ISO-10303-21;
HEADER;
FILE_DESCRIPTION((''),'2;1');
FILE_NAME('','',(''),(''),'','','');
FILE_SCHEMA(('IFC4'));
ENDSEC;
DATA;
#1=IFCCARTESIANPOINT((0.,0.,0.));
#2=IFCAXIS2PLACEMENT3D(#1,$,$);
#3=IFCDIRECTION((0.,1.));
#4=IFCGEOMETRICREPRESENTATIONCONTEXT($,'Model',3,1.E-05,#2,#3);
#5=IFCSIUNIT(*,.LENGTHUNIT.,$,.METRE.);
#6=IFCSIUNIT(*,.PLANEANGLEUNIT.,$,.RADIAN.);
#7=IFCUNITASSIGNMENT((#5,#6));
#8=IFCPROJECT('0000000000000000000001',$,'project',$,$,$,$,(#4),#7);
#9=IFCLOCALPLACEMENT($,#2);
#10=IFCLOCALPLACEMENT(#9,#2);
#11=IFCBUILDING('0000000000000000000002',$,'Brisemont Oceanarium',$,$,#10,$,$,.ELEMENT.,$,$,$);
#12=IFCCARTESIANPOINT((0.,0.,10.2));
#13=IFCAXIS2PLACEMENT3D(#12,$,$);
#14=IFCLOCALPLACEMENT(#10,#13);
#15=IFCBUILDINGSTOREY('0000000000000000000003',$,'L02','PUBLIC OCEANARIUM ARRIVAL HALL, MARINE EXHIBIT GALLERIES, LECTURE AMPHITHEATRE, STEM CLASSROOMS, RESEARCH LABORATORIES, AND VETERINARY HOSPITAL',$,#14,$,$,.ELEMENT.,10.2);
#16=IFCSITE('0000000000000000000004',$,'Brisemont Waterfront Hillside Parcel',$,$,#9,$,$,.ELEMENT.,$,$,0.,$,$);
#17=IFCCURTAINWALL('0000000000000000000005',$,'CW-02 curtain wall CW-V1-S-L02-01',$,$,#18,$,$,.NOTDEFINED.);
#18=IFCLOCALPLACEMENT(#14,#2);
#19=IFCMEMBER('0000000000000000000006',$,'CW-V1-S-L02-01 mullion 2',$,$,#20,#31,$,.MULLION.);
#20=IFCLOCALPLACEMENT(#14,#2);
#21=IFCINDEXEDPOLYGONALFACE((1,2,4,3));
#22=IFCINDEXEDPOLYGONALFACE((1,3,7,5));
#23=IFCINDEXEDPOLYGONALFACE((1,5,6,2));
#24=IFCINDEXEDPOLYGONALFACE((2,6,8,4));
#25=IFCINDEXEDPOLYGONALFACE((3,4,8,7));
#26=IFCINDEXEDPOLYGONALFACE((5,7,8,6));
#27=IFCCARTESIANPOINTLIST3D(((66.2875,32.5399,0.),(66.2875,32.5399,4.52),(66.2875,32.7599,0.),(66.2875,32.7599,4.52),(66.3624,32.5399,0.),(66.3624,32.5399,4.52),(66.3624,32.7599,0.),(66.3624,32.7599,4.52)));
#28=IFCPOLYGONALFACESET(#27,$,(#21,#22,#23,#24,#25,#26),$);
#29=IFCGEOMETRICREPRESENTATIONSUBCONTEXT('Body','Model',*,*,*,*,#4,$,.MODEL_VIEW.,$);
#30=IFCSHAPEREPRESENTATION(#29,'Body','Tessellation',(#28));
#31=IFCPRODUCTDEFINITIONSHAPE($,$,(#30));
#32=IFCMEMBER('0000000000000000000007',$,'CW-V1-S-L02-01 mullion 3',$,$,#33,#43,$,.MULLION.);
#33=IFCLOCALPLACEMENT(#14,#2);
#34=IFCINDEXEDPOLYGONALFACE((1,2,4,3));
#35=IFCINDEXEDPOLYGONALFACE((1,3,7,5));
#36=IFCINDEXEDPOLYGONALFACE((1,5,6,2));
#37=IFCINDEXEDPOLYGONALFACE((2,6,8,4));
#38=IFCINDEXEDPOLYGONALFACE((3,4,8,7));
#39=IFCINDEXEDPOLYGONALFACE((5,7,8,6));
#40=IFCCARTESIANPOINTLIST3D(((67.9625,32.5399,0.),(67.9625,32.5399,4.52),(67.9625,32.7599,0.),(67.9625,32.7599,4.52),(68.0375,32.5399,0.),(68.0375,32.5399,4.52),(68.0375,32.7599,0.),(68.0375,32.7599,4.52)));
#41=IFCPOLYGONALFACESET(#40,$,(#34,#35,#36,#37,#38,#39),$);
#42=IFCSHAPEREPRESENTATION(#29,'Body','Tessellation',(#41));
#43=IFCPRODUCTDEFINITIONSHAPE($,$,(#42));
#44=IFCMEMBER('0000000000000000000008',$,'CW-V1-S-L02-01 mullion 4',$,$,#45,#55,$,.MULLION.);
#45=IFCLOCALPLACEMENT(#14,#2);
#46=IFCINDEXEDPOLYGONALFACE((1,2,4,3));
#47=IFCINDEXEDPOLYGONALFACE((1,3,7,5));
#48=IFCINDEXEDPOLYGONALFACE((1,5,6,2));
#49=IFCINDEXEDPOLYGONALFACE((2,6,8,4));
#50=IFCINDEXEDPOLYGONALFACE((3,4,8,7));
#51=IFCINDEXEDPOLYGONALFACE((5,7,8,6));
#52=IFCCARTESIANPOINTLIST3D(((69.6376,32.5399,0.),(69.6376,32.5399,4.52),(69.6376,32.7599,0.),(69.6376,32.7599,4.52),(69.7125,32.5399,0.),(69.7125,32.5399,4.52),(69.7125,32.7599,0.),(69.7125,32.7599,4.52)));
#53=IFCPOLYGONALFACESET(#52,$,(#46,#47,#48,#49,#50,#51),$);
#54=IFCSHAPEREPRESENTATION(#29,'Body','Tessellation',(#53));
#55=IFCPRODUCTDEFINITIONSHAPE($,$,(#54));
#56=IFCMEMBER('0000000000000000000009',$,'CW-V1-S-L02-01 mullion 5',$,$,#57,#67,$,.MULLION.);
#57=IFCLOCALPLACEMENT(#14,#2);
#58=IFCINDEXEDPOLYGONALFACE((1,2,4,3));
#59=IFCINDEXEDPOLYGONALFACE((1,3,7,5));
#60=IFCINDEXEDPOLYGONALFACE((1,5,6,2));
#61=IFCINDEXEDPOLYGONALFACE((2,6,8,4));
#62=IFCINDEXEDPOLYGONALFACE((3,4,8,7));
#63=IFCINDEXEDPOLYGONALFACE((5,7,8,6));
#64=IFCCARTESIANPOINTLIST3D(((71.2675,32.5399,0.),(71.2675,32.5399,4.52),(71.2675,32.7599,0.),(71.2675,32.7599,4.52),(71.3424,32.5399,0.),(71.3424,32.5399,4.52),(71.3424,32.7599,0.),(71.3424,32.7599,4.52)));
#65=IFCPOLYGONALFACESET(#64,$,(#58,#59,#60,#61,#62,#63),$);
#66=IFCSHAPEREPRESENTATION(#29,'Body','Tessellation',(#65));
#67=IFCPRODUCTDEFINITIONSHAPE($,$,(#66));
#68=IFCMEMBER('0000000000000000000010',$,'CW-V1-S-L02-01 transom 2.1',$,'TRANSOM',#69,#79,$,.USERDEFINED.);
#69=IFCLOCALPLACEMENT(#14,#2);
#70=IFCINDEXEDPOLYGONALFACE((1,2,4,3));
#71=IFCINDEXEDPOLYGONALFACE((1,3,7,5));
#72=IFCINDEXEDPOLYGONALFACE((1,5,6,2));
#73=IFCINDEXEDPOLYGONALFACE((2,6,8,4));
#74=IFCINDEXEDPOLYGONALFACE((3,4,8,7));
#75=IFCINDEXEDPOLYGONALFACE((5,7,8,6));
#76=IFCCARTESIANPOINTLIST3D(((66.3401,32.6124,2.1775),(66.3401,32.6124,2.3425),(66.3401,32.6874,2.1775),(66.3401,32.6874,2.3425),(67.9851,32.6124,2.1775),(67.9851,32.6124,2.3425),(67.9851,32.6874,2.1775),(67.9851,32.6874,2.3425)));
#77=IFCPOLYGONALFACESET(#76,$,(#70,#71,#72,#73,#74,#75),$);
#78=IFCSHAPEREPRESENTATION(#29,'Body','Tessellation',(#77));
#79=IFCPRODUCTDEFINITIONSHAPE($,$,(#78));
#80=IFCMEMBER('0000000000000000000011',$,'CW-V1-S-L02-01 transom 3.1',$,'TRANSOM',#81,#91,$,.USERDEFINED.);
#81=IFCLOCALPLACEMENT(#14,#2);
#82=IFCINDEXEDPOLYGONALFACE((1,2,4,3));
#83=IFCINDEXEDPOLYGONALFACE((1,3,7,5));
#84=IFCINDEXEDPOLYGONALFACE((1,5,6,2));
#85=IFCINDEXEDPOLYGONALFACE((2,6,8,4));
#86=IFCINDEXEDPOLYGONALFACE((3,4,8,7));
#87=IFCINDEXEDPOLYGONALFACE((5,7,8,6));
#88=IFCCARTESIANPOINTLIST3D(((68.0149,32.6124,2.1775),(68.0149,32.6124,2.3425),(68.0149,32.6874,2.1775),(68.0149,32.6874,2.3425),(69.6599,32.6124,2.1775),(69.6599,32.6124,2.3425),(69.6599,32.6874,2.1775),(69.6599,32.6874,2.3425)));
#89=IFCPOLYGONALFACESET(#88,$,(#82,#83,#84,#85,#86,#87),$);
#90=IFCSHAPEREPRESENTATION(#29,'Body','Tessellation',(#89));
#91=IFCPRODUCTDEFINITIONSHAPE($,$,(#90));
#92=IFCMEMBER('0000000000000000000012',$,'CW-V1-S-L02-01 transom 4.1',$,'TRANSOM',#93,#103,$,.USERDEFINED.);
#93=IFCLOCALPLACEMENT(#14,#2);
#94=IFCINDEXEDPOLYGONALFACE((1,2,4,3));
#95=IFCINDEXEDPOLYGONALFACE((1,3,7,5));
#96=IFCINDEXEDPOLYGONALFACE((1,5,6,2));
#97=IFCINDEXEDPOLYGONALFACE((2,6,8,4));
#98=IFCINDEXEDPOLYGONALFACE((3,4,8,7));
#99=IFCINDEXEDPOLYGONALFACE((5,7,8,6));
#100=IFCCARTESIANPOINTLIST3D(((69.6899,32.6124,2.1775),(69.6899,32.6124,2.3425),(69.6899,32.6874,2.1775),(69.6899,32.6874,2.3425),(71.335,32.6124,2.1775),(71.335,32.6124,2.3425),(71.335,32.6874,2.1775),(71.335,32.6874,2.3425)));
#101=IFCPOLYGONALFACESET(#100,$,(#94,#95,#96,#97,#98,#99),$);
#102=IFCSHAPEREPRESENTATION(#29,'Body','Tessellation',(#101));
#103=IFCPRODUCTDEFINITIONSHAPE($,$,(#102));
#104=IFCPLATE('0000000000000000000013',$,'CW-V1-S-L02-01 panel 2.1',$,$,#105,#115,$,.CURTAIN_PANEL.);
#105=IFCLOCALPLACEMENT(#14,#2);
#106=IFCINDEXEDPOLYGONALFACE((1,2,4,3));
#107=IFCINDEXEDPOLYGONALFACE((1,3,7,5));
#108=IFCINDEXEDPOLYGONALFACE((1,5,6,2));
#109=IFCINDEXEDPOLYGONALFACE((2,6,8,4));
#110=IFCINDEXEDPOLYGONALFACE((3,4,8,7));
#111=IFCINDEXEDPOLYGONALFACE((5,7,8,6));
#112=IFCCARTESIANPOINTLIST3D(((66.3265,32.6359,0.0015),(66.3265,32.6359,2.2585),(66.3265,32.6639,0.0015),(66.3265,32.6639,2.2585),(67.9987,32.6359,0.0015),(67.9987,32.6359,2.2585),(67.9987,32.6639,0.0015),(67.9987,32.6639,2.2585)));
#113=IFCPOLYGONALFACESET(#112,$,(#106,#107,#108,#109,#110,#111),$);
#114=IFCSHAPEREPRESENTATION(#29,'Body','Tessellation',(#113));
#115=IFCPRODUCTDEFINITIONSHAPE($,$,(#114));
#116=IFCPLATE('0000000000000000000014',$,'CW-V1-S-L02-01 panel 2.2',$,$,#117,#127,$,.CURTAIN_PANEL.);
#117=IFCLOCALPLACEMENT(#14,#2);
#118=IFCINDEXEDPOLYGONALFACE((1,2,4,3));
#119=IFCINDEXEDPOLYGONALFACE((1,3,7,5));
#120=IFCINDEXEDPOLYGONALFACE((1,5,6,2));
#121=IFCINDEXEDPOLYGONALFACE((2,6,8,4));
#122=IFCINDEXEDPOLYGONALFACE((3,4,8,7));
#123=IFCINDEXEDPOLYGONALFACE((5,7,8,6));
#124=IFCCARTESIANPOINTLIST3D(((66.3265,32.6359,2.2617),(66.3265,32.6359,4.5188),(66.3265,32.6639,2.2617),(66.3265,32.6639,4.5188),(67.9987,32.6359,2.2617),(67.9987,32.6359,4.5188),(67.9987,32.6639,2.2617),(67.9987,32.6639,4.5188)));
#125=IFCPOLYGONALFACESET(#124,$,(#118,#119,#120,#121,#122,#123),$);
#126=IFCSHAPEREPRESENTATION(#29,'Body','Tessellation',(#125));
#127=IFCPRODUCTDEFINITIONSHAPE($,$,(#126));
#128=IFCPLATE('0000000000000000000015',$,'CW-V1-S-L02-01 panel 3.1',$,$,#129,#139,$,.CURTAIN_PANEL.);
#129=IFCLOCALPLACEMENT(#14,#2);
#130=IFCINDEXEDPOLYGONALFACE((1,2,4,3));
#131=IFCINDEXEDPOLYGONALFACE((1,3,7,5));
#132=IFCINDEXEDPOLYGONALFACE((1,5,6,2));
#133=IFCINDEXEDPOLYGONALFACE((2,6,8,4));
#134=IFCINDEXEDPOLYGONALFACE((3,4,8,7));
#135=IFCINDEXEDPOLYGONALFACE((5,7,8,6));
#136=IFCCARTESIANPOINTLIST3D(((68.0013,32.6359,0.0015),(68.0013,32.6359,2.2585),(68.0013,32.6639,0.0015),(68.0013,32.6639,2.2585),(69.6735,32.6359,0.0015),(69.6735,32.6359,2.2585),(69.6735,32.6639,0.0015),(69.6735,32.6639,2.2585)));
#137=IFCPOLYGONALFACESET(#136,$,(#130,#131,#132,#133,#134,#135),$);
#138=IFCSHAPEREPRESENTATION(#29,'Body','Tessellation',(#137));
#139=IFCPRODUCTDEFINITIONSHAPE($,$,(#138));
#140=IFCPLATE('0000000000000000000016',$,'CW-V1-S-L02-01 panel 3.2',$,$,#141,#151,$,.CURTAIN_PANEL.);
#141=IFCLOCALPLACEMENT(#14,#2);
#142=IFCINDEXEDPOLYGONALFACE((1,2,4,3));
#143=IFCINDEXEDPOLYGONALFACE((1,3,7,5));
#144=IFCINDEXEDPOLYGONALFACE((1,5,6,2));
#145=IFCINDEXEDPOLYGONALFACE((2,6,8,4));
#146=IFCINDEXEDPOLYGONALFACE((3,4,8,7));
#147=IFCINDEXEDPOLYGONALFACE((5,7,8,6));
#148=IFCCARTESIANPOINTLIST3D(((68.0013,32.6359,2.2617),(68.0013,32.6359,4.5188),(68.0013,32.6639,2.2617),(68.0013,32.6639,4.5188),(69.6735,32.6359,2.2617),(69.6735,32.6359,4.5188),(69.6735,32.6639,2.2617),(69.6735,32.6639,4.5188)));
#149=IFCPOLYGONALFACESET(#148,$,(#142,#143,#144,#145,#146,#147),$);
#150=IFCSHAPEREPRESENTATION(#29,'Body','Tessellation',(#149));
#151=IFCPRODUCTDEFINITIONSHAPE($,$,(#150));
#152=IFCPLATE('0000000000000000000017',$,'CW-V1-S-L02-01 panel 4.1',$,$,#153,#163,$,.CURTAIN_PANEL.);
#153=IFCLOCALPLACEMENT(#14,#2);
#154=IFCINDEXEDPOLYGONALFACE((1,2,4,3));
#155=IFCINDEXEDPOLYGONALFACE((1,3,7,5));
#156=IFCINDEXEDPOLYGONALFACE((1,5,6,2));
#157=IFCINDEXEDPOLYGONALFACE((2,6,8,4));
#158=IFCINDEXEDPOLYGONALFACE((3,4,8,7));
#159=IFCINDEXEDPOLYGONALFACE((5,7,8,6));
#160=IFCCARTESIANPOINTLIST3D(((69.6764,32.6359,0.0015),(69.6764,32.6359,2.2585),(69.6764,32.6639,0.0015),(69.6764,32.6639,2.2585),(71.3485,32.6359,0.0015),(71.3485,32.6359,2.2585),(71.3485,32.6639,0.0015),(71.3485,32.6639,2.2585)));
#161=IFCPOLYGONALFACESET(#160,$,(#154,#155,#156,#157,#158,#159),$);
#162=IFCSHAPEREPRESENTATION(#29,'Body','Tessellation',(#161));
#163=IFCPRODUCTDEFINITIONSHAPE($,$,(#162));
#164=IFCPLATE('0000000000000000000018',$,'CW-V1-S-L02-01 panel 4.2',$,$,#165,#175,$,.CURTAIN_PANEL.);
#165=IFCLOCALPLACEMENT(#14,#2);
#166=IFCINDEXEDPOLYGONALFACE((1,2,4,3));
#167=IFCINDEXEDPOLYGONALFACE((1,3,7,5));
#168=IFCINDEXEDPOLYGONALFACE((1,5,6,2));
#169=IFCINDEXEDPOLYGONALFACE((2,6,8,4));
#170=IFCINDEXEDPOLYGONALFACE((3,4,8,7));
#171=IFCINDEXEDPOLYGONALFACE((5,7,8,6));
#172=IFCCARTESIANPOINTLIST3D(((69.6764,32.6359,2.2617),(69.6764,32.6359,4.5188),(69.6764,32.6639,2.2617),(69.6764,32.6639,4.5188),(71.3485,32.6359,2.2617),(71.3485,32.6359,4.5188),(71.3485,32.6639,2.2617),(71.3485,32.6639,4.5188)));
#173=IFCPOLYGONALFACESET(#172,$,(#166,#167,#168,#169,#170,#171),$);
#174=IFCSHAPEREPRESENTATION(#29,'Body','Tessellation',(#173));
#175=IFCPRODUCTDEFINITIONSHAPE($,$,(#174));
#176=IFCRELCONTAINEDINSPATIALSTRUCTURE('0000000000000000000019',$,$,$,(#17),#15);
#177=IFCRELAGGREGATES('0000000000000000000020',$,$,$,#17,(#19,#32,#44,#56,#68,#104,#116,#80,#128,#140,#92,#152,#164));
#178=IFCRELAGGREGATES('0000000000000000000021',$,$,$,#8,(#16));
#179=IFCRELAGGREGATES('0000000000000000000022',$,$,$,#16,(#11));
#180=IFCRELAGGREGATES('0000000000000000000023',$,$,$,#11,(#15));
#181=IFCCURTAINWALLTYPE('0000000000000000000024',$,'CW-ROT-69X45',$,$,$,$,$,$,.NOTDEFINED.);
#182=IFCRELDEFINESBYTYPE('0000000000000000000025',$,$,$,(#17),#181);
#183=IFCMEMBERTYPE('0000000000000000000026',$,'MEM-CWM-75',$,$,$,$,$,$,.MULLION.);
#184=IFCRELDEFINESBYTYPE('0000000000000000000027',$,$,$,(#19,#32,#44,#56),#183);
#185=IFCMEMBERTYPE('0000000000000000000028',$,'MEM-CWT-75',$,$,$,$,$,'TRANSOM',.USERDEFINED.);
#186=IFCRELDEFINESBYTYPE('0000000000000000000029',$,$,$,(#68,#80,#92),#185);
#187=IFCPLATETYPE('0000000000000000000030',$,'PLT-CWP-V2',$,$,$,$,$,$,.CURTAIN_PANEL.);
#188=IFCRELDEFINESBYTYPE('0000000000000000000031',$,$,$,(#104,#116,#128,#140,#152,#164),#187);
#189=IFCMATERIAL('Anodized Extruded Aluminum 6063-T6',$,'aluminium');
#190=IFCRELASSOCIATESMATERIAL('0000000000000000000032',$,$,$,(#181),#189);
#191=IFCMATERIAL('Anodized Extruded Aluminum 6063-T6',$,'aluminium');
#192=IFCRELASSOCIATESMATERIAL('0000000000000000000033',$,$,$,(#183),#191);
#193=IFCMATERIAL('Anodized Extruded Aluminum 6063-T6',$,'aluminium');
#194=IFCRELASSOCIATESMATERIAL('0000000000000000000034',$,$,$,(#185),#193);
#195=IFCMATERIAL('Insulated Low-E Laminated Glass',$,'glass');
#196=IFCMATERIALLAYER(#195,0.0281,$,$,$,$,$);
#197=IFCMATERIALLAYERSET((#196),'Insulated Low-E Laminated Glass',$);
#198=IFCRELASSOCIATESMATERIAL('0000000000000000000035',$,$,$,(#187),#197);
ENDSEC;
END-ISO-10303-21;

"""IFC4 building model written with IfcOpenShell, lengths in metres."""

from ifc_helpers import new_model, si_unit, direction, frame, origin, origin_2d, place, context, subcontext, project, spatial, rectangle, extrude, material, layer, layer_set, material_profile, profile_set, type_object, element, aggregate, save


model = new_model("IFC4")

# Units and contexts
model_context = context("Model", 3, precision=1e-05, world=origin(), true_north=direction((0.0, 1.0)))
body_context = subcontext(model_context, "Body", "Model", "MODEL_VIEW")
ifc_project = project(units=[si_unit("LENGTHUNIT", "METRE"), si_unit("PLANEANGLEUNIT", "RADIAN")], contexts=[model_context])

# Site, building, storey
site_placement = place(None, origin())
site = spatial("IfcSite", under=ifc_project, at=site_placement, Name="Brisemont Waterfront Hillside Parcel", CompositionType="ELEMENT", RefElevation=0.0)
building_placement = place(site_placement, origin())
building = spatial("IfcBuilding", under=site, at=building_placement, Name="Brisemont Oceanarium", CompositionType="ELEMENT")
storey_placement = place(building_placement, frame((0.0, 0.0, 10.2)))
storey = spatial("IfcBuildingStorey", under=building, at=storey_placement, Name="L02", Description="PUBLIC OCEANARIUM ARRIVAL HALL, MARINE EXHIBIT GALLERIES, LECTURE AMPHITHEATRE, STEM CLASSROOMS, RESEARCH LABORATORIES, AND VETERINARY HOSPITAL", CompositionType="ELEMENT", Elevation=10.2)

# Curtain wall, members, plates
ifc_material_1 = material(Name="Anodized Extruded Aluminum 6063-T6", Category="aluminium")
curtain_wall_type = type_object("IfcCurtainWallType", Name="CW-ROT-69X45", PredefinedType="NOTDEFINED", material=ifc_material_1)
curtain_wall_placement = place(storey_placement, origin())
curtain_wall = element("IfcCurtainWall", 1, at=curtain_wall_placement, inside=storey, type_object=curtain_wall_type, Name="CW-02 curtain wall CW-V1-S-L02-01", PredefinedType="NOTDEFINED")
ifc_material_2 = material(Name="Anodized Extruded Aluminum 6063-T6", Category="aluminium")
ifc_material_profile_1 = material_profile(ifc_material_2, rectangle(XDim=0.075, YDim=0.22, at=origin_2d()), Name="CWM-75X220")
ifc_profile_set_1 = profile_set([ifc_material_profile_1], Name="Anodized Extruded Aluminum 6063-T6")
member_type_1 = type_object("IfcMemberType", Name="MEM-CWM-75", PredefinedType="MULLION", material=ifc_profile_set_1)
member_1_placement = place(storey_placement, frame((66.325, 32.6499, 0.0), z_axis=(0.0, 0.0, 1.0), x_axis=(1.0, 0.0, 0.0)))
member_1 = element("IfcMember", 2, at=member_1_placement, type_object=member_type_1, Name="CW-V1-S-L02-01 mullion 2", PredefinedType="MULLION", context=body_context, shape_type="SweptSolid", body=[
    extrude(rectangle(XDim=0.075, YDim=0.22, at=origin_2d()), origin(), (0.0, 0.0, 1.0), 4.52),
])
member_2_placement = place(storey_placement, frame((68.0, 32.6499, 0.0), z_axis=(0.0, 0.0, 1.0), x_axis=(1.0, 0.0, 0.0)))
member_2 = element("IfcMember", 3, at=member_2_placement, type_object=member_type_1, Name="CW-V1-S-L02-01 mullion 3", PredefinedType="MULLION", context=body_context, shape_type="SweptSolid", body=[
    extrude(rectangle(XDim=0.075, YDim=0.22, at=origin_2d()), origin(), (0.0, 0.0, 1.0), 4.52),
])
member_3_placement = place(storey_placement, frame((69.675, 32.6499, 0.0), z_axis=(0.0, 0.0, 1.0), x_axis=(1.0, 0.0, 0.0)))
member_3 = element("IfcMember", 4, at=member_3_placement, type_object=member_type_1, Name="CW-V1-S-L02-01 mullion 4", PredefinedType="MULLION", context=body_context, shape_type="SweptSolid", body=[
    extrude(rectangle(XDim=0.075, YDim=0.22, at=origin_2d()), origin(), (0.0, 0.0, 1.0), 4.52),
])
member_4_placement = place(storey_placement, frame((71.3049, 32.6499, 0.0), z_axis=(0.0, 0.0, 1.0), x_axis=(1.0, 0.0, 0.0)))
member_4 = element("IfcMember", 5, at=member_4_placement, type_object=member_type_1, Name="CW-V1-S-L02-01 mullion 5", PredefinedType="MULLION", context=body_context, shape_type="SweptSolid", body=[
    extrude(rectangle(XDim=0.075, YDim=0.22, at=origin_2d()), origin(), (0.0, 0.0, 1.0), 4.52),
])
ifc_material_3 = material(Name="Anodized Extruded Aluminum 6063-T6", Category="aluminium")
ifc_material_profile_2 = material_profile(ifc_material_3, rectangle(XDim=0.075, YDim=0.165, at=origin_2d()), Name="CWT-75X165")
ifc_profile_set_2 = profile_set([ifc_material_profile_2], Name="Anodized Extruded Aluminum 6063-T6")
member_type_2 = type_object("IfcMemberType", Name="MEM-CWT-75", ElementType="TRANSOM", PredefinedType="USERDEFINED", material=ifc_profile_set_2)
member_5_placement = place(storey_placement, frame((66.3401, 32.6499, 2.26), z_axis=(1.0, 0.0, 0.0), x_axis=(0.0, 1.0, 0.0)))
member_5 = element("IfcMember", 6, at=member_5_placement, type_object=member_type_2, Name="CW-V1-S-L02-01 transom 2.1", ObjectType="TRANSOM", PredefinedType="USERDEFINED", context=body_context, shape_type="SweptSolid", body=[
    extrude(rectangle(XDim=0.075, YDim=0.165, at=origin_2d()), origin(), (0.0, 0.0, 1.0), 1.645),
])
member_6_placement = place(storey_placement, frame((68.0149, 32.6499, 2.26), z_axis=(1.0, 0.0, 0.0), x_axis=(0.0, 1.0, 0.0)))
member_6 = element("IfcMember", 7, at=member_6_placement, type_object=member_type_2, Name="CW-V1-S-L02-01 transom 3.1", ObjectType="TRANSOM", PredefinedType="USERDEFINED", context=body_context, shape_type="SweptSolid", body=[
    extrude(rectangle(XDim=0.075, YDim=0.165, at=origin_2d()), origin(), (0.0, 0.0, 1.0), 1.645),
])
member_7_placement = place(storey_placement, frame((69.6899, 32.6499, 2.26), z_axis=(1.0, 0.0, 0.0), x_axis=(0.0, 1.0, 0.0)))
member_7 = element("IfcMember", 8, at=member_7_placement, type_object=member_type_2, Name="CW-V1-S-L02-01 transom 4.1", ObjectType="TRANSOM", PredefinedType="USERDEFINED", context=body_context, shape_type="SweptSolid", body=[
    extrude(rectangle(XDim=0.075, YDim=0.165, at=origin_2d()), origin(), (0.0, 0.0, 1.0), 1.645),
])
ifc_material_4 = material(Name="Insulated Low-E Laminated Glass", Category="glass")
ifc_layer_1 = layer(ifc_material_4, 0.0281)
ifc_layer_set_1 = layer_set([ifc_layer_1], Name="Insulated Low-E Laminated Glass")
plate_type = type_object("IfcPlateType", Name="PLT-CWP-V2", PredefinedType="CURTAIN_PANEL", material=ifc_layer_set_1)
plate_1_placement = place(storey_placement, frame((67.1626, 32.6499, 0.0015), z_axis=(0.0, 0.0, 1.0), x_axis=(1.0, 0.0, 0.0)))
plate_1 = element("IfcPlate", 9, at=plate_1_placement, type_object=plate_type, Name="CW-V1-S-L02-01 panel 2.1", PredefinedType="CURTAIN_PANEL", context=body_context, shape_type="SweptSolid", body=[
    extrude(rectangle(XDim=1.6721, YDim=0.0281, at=origin_2d()), origin(), (0.0, 0.0, 1.0), 2.2571),
])
plate_2_placement = place(storey_placement, frame((67.1626, 32.6499, 2.2617), z_axis=(0.0, 0.0, 1.0), x_axis=(1.0, 0.0, 0.0)))
plate_2 = element("IfcPlate", 10, at=plate_2_placement, type_object=plate_type, Name="CW-V1-S-L02-01 panel 2.2", PredefinedType="CURTAIN_PANEL", context=body_context, shape_type="SweptSolid", body=[
    extrude(rectangle(XDim=1.6721, YDim=0.0281, at=origin_2d()), origin(), (0.0, 0.0, 1.0), 2.2571),
])
plate_3_placement = place(storey_placement, frame((68.8374, 32.6499, 0.0015), z_axis=(0.0, 0.0, 1.0), x_axis=(1.0, 0.0, 0.0)))
plate_3 = element("IfcPlate", 11, at=plate_3_placement, type_object=plate_type, Name="CW-V1-S-L02-01 panel 3.1", PredefinedType="CURTAIN_PANEL", context=body_context, shape_type="SweptSolid", body=[
    extrude(rectangle(XDim=1.6721, YDim=0.0281, at=origin_2d()), origin(), (0.0, 0.0, 1.0), 2.2571),
])
plate_4_placement = place(storey_placement, frame((68.8374, 32.6499, 2.2617), z_axis=(0.0, 0.0, 1.0), x_axis=(1.0, 0.0, 0.0)))
plate_4 = element("IfcPlate", 12, at=plate_4_placement, type_object=plate_type, Name="CW-V1-S-L02-01 panel 3.2", PredefinedType="CURTAIN_PANEL", context=body_context, shape_type="SweptSolid", body=[
    extrude(rectangle(XDim=1.6721, YDim=0.0281, at=origin_2d()), origin(), (0.0, 0.0, 1.0), 2.2571),
])
plate_5_placement = place(storey_placement, frame((70.5125, 32.6499, 0.0015), z_axis=(0.0, 0.0, 1.0), x_axis=(1.0, 0.0, 0.0)))
plate_5 = element("IfcPlate", 13, at=plate_5_placement, type_object=plate_type, Name="CW-V1-S-L02-01 panel 4.1", PredefinedType="CURTAIN_PANEL", context=body_context, shape_type="SweptSolid", body=[
    extrude(rectangle(XDim=1.6721, YDim=0.0281, at=origin_2d()), origin(), (0.0, 0.0, 1.0), 2.2571),
])
plate_6_placement = place(storey_placement, frame((70.5125, 32.6499, 2.2617), z_axis=(0.0, 0.0, 1.0), x_axis=(1.0, 0.0, 0.0)))
plate_6 = element("IfcPlate", 14, at=plate_6_placement, type_object=plate_type, Name="CW-V1-S-L02-01 panel 4.2", PredefinedType="CURTAIN_PANEL", context=body_context, shape_type="SweptSolid", body=[
    extrude(rectangle(XDim=1.6721, YDim=0.0281, at=origin_2d()), origin(), (0.0, 0.0, 1.0), 2.2571),
])
aggregate(curtain_wall, [member_1, member_2, member_3, member_4, member_5, plate_1, plate_2, member_6, plate_3, plate_4, member_7, plate_5, plate_6])

save(model, "model.ifc")
